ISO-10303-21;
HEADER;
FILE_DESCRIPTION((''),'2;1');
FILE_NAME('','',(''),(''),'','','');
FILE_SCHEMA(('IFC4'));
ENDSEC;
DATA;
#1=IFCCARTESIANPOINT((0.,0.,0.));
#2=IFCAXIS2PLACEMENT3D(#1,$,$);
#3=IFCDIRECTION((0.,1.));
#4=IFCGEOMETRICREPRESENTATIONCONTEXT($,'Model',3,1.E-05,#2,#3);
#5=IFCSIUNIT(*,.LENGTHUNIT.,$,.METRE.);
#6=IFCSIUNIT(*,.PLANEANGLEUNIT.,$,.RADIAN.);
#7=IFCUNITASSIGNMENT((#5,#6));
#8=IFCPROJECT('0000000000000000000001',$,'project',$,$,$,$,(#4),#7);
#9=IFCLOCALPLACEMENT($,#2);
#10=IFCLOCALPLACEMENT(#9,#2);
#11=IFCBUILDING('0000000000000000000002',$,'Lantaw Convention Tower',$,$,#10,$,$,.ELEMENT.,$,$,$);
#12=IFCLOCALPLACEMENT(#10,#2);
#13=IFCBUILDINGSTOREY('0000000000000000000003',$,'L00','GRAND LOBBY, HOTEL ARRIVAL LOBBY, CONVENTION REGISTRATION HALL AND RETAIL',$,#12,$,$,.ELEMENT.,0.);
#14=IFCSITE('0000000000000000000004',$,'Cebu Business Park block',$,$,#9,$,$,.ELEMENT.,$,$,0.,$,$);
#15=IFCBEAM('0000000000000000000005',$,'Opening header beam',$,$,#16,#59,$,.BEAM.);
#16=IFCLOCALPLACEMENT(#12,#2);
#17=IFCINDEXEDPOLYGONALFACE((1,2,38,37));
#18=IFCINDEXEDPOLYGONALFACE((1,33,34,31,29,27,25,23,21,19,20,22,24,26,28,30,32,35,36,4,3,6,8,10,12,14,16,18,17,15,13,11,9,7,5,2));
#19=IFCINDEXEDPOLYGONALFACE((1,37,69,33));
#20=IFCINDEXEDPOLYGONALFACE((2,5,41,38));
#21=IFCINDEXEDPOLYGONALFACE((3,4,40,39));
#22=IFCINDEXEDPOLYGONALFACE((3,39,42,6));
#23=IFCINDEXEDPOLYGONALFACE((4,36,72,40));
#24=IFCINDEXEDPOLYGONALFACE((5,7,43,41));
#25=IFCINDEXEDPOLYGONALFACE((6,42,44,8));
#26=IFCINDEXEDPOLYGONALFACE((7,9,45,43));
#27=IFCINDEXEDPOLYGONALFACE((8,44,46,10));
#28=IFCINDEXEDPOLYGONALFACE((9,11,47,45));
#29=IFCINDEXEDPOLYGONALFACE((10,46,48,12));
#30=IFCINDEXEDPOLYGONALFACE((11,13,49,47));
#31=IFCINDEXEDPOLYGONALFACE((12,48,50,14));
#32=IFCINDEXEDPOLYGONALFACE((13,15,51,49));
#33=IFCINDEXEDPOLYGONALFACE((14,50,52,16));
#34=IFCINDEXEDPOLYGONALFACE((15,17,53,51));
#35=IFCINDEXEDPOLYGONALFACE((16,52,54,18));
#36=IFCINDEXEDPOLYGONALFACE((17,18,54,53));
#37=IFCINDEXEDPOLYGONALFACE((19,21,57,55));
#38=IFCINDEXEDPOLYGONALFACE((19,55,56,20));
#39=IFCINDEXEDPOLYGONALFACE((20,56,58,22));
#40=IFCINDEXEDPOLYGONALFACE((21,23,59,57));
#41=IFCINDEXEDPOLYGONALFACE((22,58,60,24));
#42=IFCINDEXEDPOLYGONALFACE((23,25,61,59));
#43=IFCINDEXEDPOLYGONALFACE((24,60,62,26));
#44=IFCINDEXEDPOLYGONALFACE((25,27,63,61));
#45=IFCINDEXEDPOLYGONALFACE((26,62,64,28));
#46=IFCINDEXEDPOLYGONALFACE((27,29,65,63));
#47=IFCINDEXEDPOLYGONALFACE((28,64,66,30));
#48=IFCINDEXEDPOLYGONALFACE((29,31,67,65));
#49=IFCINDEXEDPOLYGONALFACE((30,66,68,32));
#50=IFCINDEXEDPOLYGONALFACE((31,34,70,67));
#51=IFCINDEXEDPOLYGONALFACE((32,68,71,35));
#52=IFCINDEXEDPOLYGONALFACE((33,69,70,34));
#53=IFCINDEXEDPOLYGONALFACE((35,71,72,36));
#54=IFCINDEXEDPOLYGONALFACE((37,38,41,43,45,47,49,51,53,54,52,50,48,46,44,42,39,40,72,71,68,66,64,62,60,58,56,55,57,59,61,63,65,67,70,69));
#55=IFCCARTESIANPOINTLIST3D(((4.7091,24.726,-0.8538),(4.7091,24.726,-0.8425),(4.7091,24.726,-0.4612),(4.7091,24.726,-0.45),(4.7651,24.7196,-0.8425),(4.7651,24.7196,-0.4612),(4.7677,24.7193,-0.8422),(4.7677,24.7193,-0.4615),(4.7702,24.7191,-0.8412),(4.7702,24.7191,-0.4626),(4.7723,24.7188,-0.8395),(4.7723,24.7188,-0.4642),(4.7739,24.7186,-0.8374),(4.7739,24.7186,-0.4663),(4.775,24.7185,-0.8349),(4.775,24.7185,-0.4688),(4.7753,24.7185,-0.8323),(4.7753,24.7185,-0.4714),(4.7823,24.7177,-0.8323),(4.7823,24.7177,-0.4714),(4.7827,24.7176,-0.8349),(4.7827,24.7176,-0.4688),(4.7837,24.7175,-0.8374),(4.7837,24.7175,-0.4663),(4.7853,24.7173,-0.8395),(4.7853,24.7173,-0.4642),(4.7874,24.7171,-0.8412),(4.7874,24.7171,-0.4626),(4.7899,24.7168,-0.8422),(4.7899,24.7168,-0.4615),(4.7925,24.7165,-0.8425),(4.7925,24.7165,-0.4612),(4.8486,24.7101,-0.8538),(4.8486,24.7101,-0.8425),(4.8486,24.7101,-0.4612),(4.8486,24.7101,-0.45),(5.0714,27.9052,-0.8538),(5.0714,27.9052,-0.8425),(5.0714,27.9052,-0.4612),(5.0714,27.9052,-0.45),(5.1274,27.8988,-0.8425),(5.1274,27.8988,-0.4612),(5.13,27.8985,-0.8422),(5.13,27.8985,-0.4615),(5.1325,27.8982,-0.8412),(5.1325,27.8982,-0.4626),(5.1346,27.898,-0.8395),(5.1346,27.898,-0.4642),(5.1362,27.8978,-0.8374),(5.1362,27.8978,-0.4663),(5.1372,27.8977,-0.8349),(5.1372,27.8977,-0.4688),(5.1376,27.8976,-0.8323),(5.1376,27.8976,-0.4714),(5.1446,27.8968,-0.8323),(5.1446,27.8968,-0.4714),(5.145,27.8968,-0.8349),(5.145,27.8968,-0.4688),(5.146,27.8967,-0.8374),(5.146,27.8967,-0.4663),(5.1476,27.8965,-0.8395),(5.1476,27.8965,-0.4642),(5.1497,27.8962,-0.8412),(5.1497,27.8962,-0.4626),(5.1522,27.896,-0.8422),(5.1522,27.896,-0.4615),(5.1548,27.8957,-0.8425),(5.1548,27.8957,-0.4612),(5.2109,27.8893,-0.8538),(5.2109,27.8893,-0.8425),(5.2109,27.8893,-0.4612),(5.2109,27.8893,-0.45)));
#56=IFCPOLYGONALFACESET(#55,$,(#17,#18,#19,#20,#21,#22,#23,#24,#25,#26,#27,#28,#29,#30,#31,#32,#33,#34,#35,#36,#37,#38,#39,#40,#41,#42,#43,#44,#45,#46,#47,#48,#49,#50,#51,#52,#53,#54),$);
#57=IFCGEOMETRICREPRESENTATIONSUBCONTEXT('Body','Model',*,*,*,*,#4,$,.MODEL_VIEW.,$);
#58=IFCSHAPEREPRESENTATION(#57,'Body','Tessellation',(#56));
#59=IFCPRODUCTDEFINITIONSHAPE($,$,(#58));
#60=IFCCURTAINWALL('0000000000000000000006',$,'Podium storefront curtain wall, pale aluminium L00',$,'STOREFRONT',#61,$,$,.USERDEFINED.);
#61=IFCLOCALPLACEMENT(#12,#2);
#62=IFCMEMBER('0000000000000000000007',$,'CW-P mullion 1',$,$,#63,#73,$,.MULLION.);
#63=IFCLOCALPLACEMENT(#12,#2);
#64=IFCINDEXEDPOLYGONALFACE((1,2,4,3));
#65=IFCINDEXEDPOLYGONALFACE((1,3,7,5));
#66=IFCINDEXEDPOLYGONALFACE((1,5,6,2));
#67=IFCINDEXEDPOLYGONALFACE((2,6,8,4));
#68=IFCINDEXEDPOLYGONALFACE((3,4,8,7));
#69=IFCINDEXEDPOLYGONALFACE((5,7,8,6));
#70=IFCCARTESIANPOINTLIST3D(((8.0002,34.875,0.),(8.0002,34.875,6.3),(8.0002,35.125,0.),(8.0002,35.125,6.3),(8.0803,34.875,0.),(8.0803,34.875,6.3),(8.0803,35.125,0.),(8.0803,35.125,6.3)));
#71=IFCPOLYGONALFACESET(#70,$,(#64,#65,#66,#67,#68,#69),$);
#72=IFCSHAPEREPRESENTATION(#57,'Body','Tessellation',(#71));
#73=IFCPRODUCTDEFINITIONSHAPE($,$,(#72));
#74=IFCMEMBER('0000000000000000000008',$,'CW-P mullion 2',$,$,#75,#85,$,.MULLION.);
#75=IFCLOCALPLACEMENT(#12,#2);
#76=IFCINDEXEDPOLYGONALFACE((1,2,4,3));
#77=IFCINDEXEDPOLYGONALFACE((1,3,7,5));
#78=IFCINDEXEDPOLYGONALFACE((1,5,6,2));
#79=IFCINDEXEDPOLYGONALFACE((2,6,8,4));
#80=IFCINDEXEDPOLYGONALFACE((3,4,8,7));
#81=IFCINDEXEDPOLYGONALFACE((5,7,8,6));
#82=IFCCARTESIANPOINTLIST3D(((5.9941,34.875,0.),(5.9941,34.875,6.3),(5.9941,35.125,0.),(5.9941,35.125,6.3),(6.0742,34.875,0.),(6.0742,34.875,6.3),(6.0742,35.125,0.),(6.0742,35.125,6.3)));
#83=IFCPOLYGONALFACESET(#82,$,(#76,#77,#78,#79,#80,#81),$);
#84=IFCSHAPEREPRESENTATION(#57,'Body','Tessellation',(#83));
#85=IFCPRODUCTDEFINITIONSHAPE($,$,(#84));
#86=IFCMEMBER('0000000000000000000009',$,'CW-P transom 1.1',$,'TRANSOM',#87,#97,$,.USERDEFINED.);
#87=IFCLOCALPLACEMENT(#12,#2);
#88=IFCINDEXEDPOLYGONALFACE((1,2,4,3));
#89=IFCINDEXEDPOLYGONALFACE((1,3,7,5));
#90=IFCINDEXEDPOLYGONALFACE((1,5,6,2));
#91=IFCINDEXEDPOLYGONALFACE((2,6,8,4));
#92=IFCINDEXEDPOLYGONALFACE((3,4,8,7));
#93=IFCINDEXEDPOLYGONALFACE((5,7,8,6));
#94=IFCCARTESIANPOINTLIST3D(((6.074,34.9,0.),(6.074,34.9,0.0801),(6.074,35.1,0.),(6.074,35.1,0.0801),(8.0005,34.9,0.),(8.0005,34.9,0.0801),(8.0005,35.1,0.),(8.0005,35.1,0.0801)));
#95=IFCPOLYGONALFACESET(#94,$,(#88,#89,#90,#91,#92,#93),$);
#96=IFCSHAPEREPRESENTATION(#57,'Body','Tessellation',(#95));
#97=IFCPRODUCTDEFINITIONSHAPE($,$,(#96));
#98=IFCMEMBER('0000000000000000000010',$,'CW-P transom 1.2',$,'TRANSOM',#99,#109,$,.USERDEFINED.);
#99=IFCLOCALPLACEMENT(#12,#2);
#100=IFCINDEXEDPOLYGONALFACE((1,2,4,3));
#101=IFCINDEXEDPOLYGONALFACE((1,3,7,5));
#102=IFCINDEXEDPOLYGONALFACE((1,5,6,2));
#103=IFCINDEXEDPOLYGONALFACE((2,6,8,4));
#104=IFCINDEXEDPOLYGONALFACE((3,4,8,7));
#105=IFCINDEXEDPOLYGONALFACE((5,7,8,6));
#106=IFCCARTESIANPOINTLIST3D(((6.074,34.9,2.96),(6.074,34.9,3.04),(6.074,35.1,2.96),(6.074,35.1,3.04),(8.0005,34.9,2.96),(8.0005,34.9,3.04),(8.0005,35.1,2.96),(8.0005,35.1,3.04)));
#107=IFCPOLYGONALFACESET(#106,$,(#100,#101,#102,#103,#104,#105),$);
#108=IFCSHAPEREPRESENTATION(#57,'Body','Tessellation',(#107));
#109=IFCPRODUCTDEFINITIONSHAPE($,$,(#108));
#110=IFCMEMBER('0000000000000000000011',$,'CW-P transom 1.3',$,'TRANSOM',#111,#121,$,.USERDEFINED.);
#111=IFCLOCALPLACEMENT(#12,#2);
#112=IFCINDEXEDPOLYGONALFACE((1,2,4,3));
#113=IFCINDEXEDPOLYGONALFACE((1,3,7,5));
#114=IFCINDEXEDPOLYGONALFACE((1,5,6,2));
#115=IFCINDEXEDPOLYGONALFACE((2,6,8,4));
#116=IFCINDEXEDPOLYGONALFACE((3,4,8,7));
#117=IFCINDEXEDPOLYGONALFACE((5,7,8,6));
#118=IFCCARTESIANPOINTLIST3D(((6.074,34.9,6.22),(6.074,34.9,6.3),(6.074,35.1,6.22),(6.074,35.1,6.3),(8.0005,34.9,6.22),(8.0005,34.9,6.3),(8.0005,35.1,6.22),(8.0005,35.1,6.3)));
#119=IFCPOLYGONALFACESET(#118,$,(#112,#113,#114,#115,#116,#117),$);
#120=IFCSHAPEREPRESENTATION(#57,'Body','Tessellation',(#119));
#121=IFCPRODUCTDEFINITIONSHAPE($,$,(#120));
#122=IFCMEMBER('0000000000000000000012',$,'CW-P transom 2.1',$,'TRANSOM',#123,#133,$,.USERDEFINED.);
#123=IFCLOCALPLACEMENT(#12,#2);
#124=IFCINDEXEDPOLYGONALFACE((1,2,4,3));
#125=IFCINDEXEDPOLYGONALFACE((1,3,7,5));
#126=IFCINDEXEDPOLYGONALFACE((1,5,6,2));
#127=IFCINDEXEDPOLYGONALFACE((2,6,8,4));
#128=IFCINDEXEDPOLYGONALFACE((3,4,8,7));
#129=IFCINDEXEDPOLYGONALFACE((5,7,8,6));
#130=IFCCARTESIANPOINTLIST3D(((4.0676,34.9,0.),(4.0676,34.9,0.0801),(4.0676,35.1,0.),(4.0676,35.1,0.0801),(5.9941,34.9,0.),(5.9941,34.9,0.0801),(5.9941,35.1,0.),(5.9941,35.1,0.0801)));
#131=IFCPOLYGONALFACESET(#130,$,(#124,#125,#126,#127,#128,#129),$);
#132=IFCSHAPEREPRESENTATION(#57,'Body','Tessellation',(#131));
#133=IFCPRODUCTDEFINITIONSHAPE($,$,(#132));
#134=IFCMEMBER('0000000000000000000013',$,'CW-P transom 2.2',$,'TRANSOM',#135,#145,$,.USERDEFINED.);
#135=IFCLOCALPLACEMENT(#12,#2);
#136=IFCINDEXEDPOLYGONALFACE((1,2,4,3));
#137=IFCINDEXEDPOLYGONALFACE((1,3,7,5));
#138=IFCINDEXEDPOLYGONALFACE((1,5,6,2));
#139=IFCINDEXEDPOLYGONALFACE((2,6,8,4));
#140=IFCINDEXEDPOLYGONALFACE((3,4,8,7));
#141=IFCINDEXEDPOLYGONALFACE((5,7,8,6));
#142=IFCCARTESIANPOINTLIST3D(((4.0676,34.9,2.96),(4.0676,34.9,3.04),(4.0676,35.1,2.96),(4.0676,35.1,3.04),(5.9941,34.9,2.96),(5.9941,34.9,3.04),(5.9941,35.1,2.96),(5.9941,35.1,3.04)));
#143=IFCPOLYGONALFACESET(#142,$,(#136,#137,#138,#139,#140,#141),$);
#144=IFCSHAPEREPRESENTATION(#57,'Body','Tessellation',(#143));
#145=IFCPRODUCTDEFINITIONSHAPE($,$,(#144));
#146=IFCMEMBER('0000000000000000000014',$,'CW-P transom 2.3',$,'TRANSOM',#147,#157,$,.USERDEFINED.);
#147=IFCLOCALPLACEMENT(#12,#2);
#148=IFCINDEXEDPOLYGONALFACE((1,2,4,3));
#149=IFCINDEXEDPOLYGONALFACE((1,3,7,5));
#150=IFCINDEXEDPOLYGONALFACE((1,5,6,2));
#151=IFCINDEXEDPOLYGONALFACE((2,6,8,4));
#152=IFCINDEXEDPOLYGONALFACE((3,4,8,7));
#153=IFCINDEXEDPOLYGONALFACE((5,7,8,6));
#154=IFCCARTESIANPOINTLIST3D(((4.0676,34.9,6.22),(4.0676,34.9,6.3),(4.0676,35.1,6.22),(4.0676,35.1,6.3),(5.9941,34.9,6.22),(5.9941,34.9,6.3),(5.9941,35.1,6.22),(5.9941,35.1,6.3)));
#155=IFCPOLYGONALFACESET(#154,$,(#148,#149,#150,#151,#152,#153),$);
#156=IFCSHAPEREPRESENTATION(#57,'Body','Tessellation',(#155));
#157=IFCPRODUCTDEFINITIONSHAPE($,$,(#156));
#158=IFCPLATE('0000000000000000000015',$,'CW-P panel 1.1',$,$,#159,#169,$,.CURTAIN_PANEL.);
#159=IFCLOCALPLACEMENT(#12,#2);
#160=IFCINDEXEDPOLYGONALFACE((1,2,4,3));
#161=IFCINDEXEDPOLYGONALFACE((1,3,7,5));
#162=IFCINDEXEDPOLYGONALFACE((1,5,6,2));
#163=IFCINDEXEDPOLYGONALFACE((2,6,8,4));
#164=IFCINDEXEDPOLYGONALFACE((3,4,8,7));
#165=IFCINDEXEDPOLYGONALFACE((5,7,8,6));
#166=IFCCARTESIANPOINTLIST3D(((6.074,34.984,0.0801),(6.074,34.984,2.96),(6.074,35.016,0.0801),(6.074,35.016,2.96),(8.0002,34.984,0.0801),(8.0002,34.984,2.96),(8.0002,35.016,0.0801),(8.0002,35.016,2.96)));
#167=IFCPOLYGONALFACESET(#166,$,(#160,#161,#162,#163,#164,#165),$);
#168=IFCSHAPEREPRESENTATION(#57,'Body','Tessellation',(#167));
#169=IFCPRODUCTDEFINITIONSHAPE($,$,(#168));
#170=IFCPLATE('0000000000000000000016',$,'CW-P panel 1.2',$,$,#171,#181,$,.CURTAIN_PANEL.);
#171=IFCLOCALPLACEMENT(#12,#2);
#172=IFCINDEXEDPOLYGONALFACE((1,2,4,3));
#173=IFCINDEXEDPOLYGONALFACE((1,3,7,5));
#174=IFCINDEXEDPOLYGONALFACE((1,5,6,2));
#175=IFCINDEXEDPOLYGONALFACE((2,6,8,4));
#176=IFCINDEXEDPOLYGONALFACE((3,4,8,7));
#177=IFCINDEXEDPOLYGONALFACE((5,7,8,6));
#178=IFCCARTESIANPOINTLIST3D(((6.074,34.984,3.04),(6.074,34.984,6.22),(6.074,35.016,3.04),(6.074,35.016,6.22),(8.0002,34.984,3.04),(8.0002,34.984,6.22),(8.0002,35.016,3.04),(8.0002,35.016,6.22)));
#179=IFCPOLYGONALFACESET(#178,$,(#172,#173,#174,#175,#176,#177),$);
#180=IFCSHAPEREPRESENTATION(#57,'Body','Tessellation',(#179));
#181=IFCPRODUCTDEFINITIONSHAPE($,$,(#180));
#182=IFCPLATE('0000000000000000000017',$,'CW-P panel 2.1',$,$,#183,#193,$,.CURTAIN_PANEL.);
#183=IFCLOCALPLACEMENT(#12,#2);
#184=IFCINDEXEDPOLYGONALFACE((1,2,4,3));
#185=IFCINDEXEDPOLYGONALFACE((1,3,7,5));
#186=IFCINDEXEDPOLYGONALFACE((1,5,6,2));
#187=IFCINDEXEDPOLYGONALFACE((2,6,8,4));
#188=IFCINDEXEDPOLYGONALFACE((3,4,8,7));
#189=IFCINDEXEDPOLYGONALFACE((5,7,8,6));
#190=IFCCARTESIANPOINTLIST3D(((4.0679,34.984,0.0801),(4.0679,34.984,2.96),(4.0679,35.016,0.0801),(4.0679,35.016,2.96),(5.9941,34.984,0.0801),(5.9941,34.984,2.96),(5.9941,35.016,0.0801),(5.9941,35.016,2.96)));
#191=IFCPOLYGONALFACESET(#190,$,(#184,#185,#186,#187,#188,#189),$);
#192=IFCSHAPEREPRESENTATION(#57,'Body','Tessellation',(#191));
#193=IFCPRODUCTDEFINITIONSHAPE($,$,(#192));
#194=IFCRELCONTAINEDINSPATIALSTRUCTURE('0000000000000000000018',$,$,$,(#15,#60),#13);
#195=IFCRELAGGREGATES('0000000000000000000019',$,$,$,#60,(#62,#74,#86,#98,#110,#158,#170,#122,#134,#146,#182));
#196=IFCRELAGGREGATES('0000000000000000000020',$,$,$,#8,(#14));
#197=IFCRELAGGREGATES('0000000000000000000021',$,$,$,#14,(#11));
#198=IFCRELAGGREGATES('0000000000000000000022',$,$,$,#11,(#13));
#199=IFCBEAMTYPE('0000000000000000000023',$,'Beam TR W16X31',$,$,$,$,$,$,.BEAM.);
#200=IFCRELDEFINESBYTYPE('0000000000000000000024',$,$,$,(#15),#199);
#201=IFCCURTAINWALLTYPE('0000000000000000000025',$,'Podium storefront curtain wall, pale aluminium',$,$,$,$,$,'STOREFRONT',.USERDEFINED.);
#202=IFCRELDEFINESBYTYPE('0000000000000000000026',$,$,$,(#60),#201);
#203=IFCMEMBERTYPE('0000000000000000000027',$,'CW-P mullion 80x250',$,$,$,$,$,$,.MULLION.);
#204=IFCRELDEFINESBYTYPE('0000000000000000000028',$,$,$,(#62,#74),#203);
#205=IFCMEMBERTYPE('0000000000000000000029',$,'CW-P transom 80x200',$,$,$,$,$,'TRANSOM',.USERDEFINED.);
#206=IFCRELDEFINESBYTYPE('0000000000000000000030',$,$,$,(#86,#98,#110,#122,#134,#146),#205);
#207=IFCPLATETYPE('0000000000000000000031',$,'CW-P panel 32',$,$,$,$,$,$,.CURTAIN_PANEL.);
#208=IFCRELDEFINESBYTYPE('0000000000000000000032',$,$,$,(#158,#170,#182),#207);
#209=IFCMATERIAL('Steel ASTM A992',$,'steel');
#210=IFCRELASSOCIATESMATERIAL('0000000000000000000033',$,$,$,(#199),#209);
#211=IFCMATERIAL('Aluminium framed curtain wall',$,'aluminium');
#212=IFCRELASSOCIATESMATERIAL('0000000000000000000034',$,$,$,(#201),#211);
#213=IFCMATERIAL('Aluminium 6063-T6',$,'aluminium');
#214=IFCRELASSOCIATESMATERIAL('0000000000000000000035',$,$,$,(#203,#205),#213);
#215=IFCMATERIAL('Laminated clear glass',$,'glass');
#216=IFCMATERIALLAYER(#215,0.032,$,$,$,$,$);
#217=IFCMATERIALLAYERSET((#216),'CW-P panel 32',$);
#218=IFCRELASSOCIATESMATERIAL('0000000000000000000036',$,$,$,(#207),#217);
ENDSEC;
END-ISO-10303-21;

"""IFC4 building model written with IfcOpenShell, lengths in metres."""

from ifc_helpers import new_model, si_unit, direction, frame, origin, origin_2d, place, context, subcontext, project, spatial, rectangle, i_section, extrude, material, layer, layer_set, material_profile, profile_set, type_object, element, aggregate, save


model = new_model("IFC4")

# Units and contexts
model_context = context("Model", 3, precision=1e-05, world=origin(), true_north=direction((0.0, 1.0)))
body_context = subcontext(model_context, "Body", "Model", "MODEL_VIEW")
ifc_project = project(units=[si_unit("LENGTHUNIT", "METRE"), si_unit("PLANEANGLEUNIT", "RADIAN")], contexts=[model_context])

# Site, building, storey
site_placement = place(None, origin())
site = spatial("IfcSite", under=ifc_project, at=site_placement, Name="Cebu Business Park block", CompositionType="ELEMENT", RefElevation=0.0)
building_placement = place(site_placement, origin())
building = spatial("IfcBuilding", under=site, at=building_placement, Name="Lantaw Convention Tower", CompositionType="ELEMENT")
storey_placement = place(building_placement, origin())
storey = spatial("IfcBuildingStorey", under=building, at=storey_placement, Name="L00", Description="GRAND LOBBY, HOTEL ARRIVAL LOBBY, CONVENTION REGISTRATION HALL AND RETAIL", CompositionType="ELEMENT", Elevation=0.0)

# Beam
ifc_material_1 = material(Name="Steel ASTM A992", Category="steel")
ifc_material_profile_1 = material_profile(ifc_material_1, i_section(OverallWidth=0.1404, OverallDepth=0.4038, WebThickness=0.0071, FlangeThickness=0.0112, FilletRadius=0.0103, at=origin_2d()), Name="W16X31")
ifc_profile_set_1 = profile_set([ifc_material_profile_1], Name="Steel ASTM A992")
beam_type_1 = type_object("IfcBeamType", Name="Beam TR W16X31", PredefinedType="BEAM", material=ifc_profile_set_1)
beam_1_placement = place(storey_placement, frame((5.1411, 27.8972, -0.6519), z_axis=(-0.113228, -0.993569, 0.0), x_axis=(0.993569, -0.113228, 0.0)))
element("IfcBeam", 1, at=beam_1_placement, inside=storey, type_object=beam_type_1, Name="Opening header beam", PredefinedType="BEAM", context=body_context, shape_type="SweptSolid", body=[
    extrude(i_section(OverallWidth=0.1404, OverallDepth=0.4038, WebThickness=0.0071, FlangeThickness=0.0112, FilletRadius=0.0103, at=origin_2d()), origin(), (0.0, 0.0, 1.0), 3.1997),
])

# Curtain wall, members, plates
ifc_material_2 = material(Name="Aluminium framed curtain wall", Category="aluminium")
curtain_wall_type = type_object("IfcCurtainWallType", Name="Podium storefront curtain wall, pale aluminium", ElementType="STOREFRONT", PredefinedType="USERDEFINED", material=ifc_material_2)
curtain_wall_placement = place(storey_placement, origin())
curtain_wall = element("IfcCurtainWall", 2, at=curtain_wall_placement, inside=storey, type_object=curtain_wall_type, Name="Podium storefront curtain wall, pale aluminium L00", ObjectType="STOREFRONT", PredefinedType="USERDEFINED")
ifc_material_3 = material(Name="Aluminium 6063-T6", Category="aluminium")
ifc_material_profile_2 = material_profile(ifc_material_3, rectangle(XDim=0.25, YDim=0.0801, at=origin_2d()), Name="CW-P mullion 80x250")
ifc_profile_set_2 = profile_set([ifc_material_profile_2], Name="Aluminium 6063-T6")
member_type_1 = type_object("IfcMemberType", Name="CW-P mullion 80x250", PredefinedType="MULLION", material=ifc_profile_set_2)
member_1_placement = place(storey_placement, frame((8.0403, 35.0, 0.0), z_axis=(0.0, 0.0, 1.0), x_axis=(0.0, -1.0, 0.0)))
member_1 = element("IfcMember", 3, at=member_1_placement, type_object=member_type_1, Name="CW-P mullion 1", PredefinedType="MULLION", context=body_context, shape_type="SweptSolid", body=[
    extrude(rectangle(XDim=0.25, YDim=0.0801, at=origin_2d()), origin(), (0.0, 0.0, 1.0), 6.3),
])
member_2_placement = place(storey_placement, frame((6.0342, 35.0, 0.0), z_axis=(0.0, 0.0, 1.0), x_axis=(0.0, -1.0, 0.0)))
member_2 = element("IfcMember", 4, at=member_2_placement, type_object=member_type_1, Name="CW-P mullion 2", PredefinedType="MULLION", context=body_context, shape_type="SweptSolid", body=[
    extrude(rectangle(XDim=0.25, YDim=0.0801, at=origin_2d()), origin(), (0.0, 0.0, 1.0), 6.3),
])
ifc_material_profile_3 = material_profile(ifc_material_3, rectangle(XDim=0.2, YDim=0.0801, at=origin_2d()), Name="CW-P transom 80x200")
ifc_profile_set_3 = profile_set([ifc_material_profile_3], Name="Aluminium 6063-T6")
member_type_2 = type_object("IfcMemberType", Name="CW-P transom 80x200", ElementType="TRANSOM", PredefinedType="USERDEFINED", material=ifc_profile_set_3)
member_3_placement = place(storey_placement, frame((8.0005, 35.0, 0.04), z_axis=(-1.0, 0.0, 0.0), x_axis=(0.0, -1.0, 0.0)))
member_3 = element("IfcMember", 5, at=member_3_placement, type_object=member_type_2, Name="CW-P transom 1.1", ObjectType="TRANSOM", PredefinedType="USERDEFINED", context=body_context, shape_type="SweptSolid", body=[
    extrude(rectangle(XDim=0.2, YDim=0.0801, at=origin_2d()), origin(), (0.0, 0.0, 1.0), 1.9265),
])
member_4_placement = place(storey_placement, frame((8.0005, 35.0, 3.0), z_axis=(-1.0, 0.0, 0.0), x_axis=(0.0, -1.0, 0.0)))
member_4 = element("IfcMember", 6, at=member_4_placement, type_object=member_type_2, Name="CW-P transom 1.2", ObjectType="TRANSOM", PredefinedType="USERDEFINED", context=body_context, shape_type="SweptSolid", body=[
    extrude(rectangle(XDim=0.2, YDim=0.0801, at=origin_2d()), origin(), (0.0, 0.0, 1.0), 1.9265),
])
member_5_placement = place(storey_placement, frame((8.0005, 35.0, 6.26), z_axis=(-1.0, 0.0, 0.0), x_axis=(0.0, -1.0, 0.0)))
member_5 = element("IfcMember", 7, at=member_5_placement, type_object=member_type_2, Name="CW-P transom 1.3", ObjectType="TRANSOM", PredefinedType="USERDEFINED", context=body_context, shape_type="SweptSolid", body=[
    extrude(rectangle(XDim=0.2, YDim=0.0801, at=origin_2d()), origin(), (0.0, 0.0, 1.0), 1.9265),
])
member_6_placement = place(storey_placement, frame((5.9941, 35.0, 0.04), z_axis=(-1.0, 0.0, 0.0), x_axis=(0.0, -1.0, 0.0)))
member_6 = element("IfcMember", 8, at=member_6_placement, type_object=member_type_2, Name="CW-P transom 2.1", ObjectType="TRANSOM", PredefinedType="USERDEFINED", context=body_context, shape_type="SweptSolid", body=[
    extrude(rectangle(XDim=0.2, YDim=0.0801, at=origin_2d()), origin(), (0.0, 0.0, 1.0), 1.9265),
])
member_7_placement = place(storey_placement, frame((5.9941, 35.0, 3.0), z_axis=(-1.0, 0.0, 0.0), x_axis=(0.0, -1.0, 0.0)))
member_7 = element("IfcMember", 9, at=member_7_placement, type_object=member_type_2, Name="CW-P transom 2.2", ObjectType="TRANSOM", PredefinedType="USERDEFINED", context=body_context, shape_type="SweptSolid", body=[
    extrude(rectangle(XDim=0.2, YDim=0.0801, at=origin_2d()), origin(), (0.0, 0.0, 1.0), 1.9265),
])
member_8_placement = place(storey_placement, frame((5.9941, 35.0, 6.26), z_axis=(-1.0, 0.0, 0.0), x_axis=(0.0, -1.0, 0.0)))
member_8 = element("IfcMember", 10, at=member_8_placement, type_object=member_type_2, Name="CW-P transom 2.3", ObjectType="TRANSOM", PredefinedType="USERDEFINED", context=body_context, shape_type="SweptSolid", body=[
    extrude(rectangle(XDim=0.2, YDim=0.0801, at=origin_2d()), origin(), (0.0, 0.0, 1.0), 1.9265),
])
ifc_material_4 = material(Name="Laminated clear glass", Category="glass")
ifc_layer_1 = layer(ifc_material_4, 0.032)
ifc_layer_set_1 = layer_set([ifc_layer_1], Name="CW-P panel 32")
plate_type = type_object("IfcPlateType", Name="CW-P panel 32", PredefinedType="CURTAIN_PANEL", material=ifc_layer_set_1)
plate_1_placement = place(storey_placement, frame((7.0371, 35.0, 0.0801), z_axis=(0.0, 0.0, 1.0), x_axis=(-1.0, 0.0, 0.0)))
plate_1 = element("IfcPlate", 11, at=plate_1_placement, type_object=plate_type, Name="CW-P panel 1.1", PredefinedType="CURTAIN_PANEL", context=body_context, shape_type="SweptSolid", body=[
    extrude(rectangle(XDim=1.9263, YDim=0.032, at=origin_2d()), origin(), (0.0, 0.0, 1.0), 2.8799),
])
plate_2_placement = place(storey_placement, frame((7.0371, 35.0, 3.04), z_axis=(0.0, 0.0, 1.0), x_axis=(-1.0, 0.0, 0.0)))
plate_2 = element("IfcPlate", 12, at=plate_2_placement, type_object=plate_type, Name="CW-P panel 1.2", PredefinedType="CURTAIN_PANEL", context=body_context, shape_type="SweptSolid", body=[
    extrude(rectangle(XDim=1.9263, YDim=0.032, at=origin_2d()), origin(), (0.0, 0.0, 1.0), 3.1799),
])
plate_3_placement = place(storey_placement, frame((5.031, 35.0, 0.0801), z_axis=(0.0, 0.0, 1.0), x_axis=(-1.0, 0.0, 0.0)))
plate_3 = element("IfcPlate", 13, at=plate_3_placement, type_object=plate_type, Name="CW-P panel 2.1", PredefinedType="CURTAIN_PANEL", context=body_context, shape_type="SweptSolid", body=[
    extrude(rectangle(XDim=1.9263, YDim=0.032, at=origin_2d()), origin(), (0.0, 0.0, 1.0), 2.8799),
])
aggregate(curtain_wall, [member_1, member_2, member_3, member_4, member_5, plate_1, plate_2, member_6, member_7, member_8, plate_3])

save(model, "model.ifc")
